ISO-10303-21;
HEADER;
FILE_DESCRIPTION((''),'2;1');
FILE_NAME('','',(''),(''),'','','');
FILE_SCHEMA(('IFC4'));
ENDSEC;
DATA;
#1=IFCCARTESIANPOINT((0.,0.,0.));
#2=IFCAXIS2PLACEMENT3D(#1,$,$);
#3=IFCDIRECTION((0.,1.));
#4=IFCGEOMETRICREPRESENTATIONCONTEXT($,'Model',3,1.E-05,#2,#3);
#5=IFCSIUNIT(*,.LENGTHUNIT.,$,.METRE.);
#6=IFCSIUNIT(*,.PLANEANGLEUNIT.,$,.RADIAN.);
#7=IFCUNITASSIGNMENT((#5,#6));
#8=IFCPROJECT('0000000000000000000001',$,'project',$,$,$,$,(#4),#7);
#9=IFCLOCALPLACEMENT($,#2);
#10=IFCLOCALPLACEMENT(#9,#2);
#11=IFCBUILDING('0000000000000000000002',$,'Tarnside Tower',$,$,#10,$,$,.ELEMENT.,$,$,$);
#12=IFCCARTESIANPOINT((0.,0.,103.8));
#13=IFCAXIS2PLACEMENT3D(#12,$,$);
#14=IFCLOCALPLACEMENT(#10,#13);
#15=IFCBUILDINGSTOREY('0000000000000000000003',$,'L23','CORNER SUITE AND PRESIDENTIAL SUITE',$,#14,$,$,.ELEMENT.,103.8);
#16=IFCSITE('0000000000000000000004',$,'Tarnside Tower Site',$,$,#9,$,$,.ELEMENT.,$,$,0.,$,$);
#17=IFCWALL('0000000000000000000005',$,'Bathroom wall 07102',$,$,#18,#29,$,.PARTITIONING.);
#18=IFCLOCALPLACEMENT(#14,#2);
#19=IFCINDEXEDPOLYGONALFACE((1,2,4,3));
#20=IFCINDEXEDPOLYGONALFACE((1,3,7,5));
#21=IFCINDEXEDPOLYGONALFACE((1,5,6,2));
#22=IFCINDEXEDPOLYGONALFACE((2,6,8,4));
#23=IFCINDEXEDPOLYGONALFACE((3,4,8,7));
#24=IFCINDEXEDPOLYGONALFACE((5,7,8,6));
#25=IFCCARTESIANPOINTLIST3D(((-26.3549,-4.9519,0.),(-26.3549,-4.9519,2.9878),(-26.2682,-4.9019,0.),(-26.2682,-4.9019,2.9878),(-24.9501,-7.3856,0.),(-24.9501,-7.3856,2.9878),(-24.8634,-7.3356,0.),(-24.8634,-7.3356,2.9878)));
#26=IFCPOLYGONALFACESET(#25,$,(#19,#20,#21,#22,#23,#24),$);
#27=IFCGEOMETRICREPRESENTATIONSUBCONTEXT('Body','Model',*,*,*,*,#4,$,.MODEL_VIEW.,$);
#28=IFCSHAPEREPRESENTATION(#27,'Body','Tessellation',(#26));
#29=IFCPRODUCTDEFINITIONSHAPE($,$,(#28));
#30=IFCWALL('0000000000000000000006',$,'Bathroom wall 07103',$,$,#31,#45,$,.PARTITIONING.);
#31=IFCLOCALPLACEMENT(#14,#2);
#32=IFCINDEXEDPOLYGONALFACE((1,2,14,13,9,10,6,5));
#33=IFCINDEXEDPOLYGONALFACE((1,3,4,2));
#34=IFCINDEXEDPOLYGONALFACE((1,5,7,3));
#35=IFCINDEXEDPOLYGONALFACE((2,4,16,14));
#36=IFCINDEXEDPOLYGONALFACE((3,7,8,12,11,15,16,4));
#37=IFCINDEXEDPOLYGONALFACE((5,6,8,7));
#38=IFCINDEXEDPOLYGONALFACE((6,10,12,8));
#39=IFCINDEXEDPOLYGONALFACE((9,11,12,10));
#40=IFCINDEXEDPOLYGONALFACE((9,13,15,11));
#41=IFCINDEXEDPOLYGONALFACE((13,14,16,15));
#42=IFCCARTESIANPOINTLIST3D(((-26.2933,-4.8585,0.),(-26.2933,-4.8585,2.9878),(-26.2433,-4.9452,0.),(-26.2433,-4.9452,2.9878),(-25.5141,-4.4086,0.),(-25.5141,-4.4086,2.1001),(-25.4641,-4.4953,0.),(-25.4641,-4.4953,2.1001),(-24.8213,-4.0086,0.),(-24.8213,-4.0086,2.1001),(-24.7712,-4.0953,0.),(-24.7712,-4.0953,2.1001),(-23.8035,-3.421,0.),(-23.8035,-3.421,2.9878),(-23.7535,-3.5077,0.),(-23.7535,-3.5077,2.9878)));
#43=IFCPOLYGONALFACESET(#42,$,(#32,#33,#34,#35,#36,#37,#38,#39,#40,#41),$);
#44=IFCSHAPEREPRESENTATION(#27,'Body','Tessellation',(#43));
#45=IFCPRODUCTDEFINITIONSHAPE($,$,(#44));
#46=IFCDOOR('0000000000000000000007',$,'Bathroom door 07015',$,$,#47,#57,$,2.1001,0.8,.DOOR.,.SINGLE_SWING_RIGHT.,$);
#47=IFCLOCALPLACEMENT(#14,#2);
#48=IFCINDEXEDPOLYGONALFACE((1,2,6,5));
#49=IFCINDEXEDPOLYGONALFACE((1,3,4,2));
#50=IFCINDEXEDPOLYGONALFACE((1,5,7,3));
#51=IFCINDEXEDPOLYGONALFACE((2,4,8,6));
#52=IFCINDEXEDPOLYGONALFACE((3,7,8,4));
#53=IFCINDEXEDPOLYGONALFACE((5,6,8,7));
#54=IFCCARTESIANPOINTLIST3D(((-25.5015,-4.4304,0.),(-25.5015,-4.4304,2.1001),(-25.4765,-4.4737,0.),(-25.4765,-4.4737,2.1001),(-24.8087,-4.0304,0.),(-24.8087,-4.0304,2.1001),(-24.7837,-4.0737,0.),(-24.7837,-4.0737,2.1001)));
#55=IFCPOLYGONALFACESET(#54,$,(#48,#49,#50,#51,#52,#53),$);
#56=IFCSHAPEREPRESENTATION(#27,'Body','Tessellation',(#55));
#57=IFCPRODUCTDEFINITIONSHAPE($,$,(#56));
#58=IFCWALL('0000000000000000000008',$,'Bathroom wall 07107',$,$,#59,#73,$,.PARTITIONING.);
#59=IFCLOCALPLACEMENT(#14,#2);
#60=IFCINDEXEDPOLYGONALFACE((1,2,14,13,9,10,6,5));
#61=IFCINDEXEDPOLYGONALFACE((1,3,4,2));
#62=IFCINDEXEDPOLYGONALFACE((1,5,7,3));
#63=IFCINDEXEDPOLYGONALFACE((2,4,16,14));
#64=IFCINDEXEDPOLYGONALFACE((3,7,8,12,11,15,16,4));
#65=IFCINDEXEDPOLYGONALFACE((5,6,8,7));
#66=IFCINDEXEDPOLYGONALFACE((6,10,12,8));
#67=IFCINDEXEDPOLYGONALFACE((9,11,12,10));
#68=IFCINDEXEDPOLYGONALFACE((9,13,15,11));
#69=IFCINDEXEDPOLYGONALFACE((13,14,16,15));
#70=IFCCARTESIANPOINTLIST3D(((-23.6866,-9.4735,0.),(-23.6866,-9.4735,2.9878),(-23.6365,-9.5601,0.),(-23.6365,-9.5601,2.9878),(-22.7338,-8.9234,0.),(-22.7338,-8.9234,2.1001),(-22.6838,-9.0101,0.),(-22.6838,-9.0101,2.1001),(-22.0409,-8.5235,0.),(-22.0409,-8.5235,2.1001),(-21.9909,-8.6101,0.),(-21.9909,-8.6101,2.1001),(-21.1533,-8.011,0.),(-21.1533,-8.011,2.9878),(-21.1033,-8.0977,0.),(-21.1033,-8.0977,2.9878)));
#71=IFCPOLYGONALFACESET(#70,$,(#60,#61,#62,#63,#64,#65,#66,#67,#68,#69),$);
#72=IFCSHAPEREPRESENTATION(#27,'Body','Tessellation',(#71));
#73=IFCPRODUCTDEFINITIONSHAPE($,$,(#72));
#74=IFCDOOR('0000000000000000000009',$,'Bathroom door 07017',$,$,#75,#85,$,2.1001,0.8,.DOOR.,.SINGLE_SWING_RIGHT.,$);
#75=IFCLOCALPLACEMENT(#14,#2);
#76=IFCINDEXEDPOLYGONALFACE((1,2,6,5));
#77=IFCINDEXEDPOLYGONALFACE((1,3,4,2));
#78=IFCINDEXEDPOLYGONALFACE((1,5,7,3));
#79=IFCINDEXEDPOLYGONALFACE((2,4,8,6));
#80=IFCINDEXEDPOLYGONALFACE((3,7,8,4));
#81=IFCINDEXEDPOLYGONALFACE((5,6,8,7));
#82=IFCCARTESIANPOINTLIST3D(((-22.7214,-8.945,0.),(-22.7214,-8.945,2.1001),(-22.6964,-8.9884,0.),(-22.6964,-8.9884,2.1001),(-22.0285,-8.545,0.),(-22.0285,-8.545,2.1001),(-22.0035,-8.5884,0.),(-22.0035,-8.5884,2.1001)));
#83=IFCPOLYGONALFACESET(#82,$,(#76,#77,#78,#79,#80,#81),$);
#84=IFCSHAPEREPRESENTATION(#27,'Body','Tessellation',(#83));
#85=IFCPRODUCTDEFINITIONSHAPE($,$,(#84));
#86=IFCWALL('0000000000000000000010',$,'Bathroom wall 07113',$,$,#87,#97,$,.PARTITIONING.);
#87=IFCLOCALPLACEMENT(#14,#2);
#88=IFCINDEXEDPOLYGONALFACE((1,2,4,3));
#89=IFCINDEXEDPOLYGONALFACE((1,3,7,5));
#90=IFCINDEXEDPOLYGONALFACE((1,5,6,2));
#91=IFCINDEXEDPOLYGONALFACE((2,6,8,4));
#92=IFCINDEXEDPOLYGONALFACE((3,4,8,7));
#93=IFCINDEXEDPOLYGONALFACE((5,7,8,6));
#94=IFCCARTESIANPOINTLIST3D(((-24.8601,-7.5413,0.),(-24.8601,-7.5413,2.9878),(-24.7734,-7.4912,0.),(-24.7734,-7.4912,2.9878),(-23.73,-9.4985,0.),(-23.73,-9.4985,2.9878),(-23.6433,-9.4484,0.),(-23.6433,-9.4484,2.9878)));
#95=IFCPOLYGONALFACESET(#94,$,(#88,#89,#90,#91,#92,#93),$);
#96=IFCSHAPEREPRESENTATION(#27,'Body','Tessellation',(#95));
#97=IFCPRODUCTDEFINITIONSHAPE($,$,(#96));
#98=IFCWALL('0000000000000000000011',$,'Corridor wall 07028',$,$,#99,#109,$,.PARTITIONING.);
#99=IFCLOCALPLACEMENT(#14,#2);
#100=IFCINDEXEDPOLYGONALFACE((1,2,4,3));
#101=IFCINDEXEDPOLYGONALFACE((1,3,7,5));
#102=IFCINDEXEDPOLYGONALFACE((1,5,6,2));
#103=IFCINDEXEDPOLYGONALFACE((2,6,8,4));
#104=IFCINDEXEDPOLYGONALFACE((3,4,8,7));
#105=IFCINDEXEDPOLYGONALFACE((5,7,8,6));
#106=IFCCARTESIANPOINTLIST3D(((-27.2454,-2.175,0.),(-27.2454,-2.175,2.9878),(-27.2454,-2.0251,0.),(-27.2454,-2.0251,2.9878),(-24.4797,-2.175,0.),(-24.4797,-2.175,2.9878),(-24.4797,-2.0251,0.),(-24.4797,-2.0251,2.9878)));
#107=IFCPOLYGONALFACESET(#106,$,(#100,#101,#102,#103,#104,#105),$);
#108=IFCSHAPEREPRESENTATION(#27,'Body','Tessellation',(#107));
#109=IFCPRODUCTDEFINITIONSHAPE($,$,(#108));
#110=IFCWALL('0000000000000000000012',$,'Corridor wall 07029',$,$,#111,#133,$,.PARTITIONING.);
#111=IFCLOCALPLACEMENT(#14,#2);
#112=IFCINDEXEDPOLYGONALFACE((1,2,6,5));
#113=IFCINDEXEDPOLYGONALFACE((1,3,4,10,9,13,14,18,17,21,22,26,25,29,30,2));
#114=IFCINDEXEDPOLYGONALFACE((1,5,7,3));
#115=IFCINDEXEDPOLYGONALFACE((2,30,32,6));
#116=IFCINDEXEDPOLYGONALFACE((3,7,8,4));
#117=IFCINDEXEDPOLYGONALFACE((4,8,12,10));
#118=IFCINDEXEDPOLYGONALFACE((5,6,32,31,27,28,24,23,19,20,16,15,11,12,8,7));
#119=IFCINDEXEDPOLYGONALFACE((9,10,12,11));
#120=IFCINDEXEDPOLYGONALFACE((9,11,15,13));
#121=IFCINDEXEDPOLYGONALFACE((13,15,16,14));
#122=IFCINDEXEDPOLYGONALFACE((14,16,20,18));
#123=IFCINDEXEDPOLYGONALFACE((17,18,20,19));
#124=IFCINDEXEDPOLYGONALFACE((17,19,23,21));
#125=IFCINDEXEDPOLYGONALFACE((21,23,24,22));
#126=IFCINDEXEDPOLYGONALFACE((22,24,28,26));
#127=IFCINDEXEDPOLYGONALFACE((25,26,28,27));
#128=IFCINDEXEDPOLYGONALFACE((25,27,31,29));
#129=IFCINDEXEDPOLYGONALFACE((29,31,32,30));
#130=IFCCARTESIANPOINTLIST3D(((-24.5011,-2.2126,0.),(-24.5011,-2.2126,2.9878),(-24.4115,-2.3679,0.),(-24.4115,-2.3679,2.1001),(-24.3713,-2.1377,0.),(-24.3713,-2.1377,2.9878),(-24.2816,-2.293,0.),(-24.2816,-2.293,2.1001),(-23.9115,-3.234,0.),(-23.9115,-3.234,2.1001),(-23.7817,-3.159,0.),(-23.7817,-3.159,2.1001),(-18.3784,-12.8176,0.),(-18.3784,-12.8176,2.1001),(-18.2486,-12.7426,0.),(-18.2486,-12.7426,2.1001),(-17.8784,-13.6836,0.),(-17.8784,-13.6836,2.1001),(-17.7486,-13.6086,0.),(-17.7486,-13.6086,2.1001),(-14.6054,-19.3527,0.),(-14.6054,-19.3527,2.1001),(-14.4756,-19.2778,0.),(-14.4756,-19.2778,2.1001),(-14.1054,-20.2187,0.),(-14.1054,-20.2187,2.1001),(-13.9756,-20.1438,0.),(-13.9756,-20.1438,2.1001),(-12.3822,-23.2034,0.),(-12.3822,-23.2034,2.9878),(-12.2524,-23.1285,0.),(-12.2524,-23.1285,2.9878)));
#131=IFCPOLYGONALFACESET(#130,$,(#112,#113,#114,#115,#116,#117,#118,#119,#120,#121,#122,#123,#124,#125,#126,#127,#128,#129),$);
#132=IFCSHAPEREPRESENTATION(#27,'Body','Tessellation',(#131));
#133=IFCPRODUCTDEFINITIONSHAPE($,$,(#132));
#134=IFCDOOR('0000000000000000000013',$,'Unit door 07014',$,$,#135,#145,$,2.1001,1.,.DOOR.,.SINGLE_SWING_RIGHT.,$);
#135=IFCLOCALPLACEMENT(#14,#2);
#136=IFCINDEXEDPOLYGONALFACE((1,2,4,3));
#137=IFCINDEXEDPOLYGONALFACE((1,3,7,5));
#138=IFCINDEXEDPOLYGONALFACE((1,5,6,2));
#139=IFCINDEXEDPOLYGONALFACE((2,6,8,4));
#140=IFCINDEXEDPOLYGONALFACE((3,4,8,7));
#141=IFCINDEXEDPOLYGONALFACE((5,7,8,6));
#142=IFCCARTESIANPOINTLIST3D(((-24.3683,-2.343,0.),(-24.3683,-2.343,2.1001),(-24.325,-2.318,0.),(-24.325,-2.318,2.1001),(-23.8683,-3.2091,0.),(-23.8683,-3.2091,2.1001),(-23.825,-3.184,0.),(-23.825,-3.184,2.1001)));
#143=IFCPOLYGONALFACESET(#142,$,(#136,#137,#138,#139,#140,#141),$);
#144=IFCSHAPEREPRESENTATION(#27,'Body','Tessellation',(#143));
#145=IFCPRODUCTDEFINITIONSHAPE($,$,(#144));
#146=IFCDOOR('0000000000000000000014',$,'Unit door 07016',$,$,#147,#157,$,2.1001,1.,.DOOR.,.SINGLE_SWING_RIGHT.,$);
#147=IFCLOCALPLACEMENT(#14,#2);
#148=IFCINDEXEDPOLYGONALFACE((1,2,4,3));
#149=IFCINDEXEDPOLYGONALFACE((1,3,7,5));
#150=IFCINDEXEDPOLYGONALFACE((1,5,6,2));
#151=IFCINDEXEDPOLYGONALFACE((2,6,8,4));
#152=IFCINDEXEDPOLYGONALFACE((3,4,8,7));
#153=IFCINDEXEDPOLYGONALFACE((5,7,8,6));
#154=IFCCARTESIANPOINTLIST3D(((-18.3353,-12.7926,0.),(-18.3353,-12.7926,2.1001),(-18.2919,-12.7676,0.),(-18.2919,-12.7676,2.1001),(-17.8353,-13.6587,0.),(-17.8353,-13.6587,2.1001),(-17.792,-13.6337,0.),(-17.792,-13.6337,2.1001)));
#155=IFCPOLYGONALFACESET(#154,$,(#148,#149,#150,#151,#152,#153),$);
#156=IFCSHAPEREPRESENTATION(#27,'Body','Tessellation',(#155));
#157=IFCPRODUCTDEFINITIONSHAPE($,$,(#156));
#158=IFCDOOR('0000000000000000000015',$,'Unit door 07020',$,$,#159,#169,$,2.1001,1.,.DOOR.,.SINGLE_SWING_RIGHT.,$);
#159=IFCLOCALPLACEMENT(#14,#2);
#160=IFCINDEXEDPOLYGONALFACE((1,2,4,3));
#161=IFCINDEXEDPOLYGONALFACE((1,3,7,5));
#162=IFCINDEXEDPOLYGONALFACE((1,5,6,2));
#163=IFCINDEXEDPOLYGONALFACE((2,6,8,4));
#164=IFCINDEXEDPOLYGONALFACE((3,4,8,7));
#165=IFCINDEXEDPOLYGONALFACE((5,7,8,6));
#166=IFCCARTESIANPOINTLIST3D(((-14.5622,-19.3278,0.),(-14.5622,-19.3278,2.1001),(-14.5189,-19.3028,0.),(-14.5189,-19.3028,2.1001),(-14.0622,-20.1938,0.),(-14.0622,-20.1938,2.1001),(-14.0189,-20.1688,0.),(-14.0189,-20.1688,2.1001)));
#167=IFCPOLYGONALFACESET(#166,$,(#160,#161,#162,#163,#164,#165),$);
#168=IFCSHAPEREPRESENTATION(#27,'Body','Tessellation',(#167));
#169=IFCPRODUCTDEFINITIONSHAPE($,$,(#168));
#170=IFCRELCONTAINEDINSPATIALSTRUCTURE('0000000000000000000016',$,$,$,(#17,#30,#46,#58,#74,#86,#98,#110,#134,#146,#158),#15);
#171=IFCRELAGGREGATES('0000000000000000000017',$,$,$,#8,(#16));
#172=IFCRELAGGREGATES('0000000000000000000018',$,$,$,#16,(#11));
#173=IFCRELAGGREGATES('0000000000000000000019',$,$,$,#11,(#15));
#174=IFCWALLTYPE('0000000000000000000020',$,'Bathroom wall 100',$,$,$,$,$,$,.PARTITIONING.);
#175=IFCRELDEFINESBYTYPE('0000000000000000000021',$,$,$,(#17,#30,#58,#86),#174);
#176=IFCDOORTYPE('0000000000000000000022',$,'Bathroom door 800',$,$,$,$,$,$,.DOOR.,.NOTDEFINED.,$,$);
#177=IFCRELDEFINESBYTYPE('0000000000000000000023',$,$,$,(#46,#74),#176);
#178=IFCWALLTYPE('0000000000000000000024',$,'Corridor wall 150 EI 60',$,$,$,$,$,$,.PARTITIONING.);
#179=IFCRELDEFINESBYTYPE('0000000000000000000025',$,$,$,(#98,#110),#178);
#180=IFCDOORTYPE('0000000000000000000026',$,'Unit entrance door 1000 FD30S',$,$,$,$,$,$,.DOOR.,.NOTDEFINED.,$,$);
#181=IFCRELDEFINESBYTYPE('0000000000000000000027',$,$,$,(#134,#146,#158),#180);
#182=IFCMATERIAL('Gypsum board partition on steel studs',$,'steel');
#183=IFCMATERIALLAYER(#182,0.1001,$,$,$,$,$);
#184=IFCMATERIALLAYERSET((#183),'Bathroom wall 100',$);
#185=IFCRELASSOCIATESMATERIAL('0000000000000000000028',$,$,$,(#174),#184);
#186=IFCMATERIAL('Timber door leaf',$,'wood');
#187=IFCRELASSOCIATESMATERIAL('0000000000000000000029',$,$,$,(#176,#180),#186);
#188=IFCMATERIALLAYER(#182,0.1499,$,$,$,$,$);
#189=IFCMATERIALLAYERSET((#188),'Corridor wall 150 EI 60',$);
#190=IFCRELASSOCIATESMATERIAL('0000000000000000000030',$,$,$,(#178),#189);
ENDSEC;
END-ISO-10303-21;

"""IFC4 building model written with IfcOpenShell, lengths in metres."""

from ifc_helpers import new_model, si_unit, direction, frame, frame_2d, origin, place, context, subcontext, project, spatial, rectangle, extrude, material, layer, layer_set, type_object, element, fill, save


model = new_model("IFC4")

# Units and contexts
model_context = context("Model", 3, precision=1e-05, world=origin(), true_north=direction((0.0, 1.0)))
body_context = subcontext(model_context, "Body", "Model", "MODEL_VIEW")
ifc_project = project(units=[si_unit("LENGTHUNIT", "METRE"), si_unit("PLANEANGLEUNIT", "RADIAN")], contexts=[model_context])

# Site, building, storey
site_placement = place(None, origin())
site = spatial("IfcSite", under=ifc_project, at=site_placement, Name="Tarnside Tower Site", CompositionType="ELEMENT", RefElevation=0.0)
building_placement = place(site_placement, origin())
building = spatial("IfcBuilding", under=site, at=building_placement, Name="Tarnside Tower", CompositionType="ELEMENT")
storey_placement = place(building_placement, frame((0.0, 0.0, 103.8)))
storey = spatial("IfcBuildingStorey", under=building, at=storey_placement, Name="L23", Description="CORNER SUITE AND PRESIDENTIAL SUITE", CompositionType="ELEMENT", Elevation=103.8)

# Wall
ifc_material_1 = material(Name="Gypsum board partition on steel studs", Category="steel")
ifc_layer_1 = layer(ifc_material_1, 0.1001)
ifc_layer_set_1 = layer_set([ifc_layer_1], Name="Bathroom wall 100")
wall_type_1 = type_object("IfcWallType", Name="Bathroom wall 100", PredefinedType="PARTITIONING", material=ifc_layer_set_1)
wall_1_placement = place(storey_placement, frame((-24.9067, -7.3606, 0.0), z_axis=(0.0, 0.0, 1.0), x_axis=(-0.499933, 0.866064, 0.0)))
element("IfcWall", 1, at=wall_1_placement, inside=storey, type_object=wall_type_1, Name="Bathroom wall 07102", PredefinedType="PARTITIONING", context=body_context, shape_type="SweptSolid", body=[
    extrude(rectangle(XDim=2.8101, YDim=0.1001, at=frame_2d((1.405, 0.0))), origin(), (0.0, 0.0, 1.0), 2.9878),
])

# Walls, openings, doors
wall_2_placement = place(storey_placement, frame((-26.2683, -4.9019, 0.0), z_axis=(0.0, 0.0, 1.0), x_axis=(0.866019, 0.500012, 0.0)))
wall_2 = element("IfcWall", 2, at=wall_2_placement, inside=storey, type_object=wall_type_1, Name="Bathroom wall 07103", PredefinedType="PARTITIONING", context=body_context, shape_type="SweptSolid", body=[
    extrude(rectangle(XDim=2.875, YDim=0.1001, at=frame_2d((1.4375, 0.0))), origin(), (0.0, 0.0, 1.0), 2.9878),
])
opening_1_placement = place(wall_2_placement, frame((0.8999, 0.0, 0.0)))
opening_1 = element("IfcOpeningElement", 3, at=opening_1_placement, cuts=wall_2, PredefinedType="OPENING", context=body_context, shape_type="SweptSolid", body=[
    extrude(rectangle(XDim=0.8, YDim=2.1001, at=frame_2d((0.3999, 1.05))), frame((0.0, 0.0601, 0.0), z_axis=(0.0, -1.0, 0.0), x_axis=(1.0, 0.0, 0.0)), (0.0, 0.0, 1.0), 0.1201),
])
ifc_material_2 = material(Name="Timber door leaf", Category="wood")
door_type_1 = type_object("IfcDoorType", Name="Bathroom door 800", OperationType="NOTDEFINED", PredefinedType="DOOR", material=ifc_material_2)
door_1_placement = place(opening_1_placement, origin())
door_1 = element("IfcDoor", 4, at=door_1_placement, inside=storey, type_object=door_type_1, Name="Bathroom door 07015", OperationType="SINGLE_SWING_RIGHT", OverallHeight=2.1001, OverallWidth=0.8, PredefinedType="DOOR", context=body_context, shape_type="SweptSolid", body=[
    extrude(rectangle(XDim=0.8, YDim=2.1001, at=frame_2d((0.3999, 1.05))), frame((0.0, 0.0249, 0.0), z_axis=(0.0, -1.0, 0.0), x_axis=(1.0, 0.0, 0.0)), (0.0, 0.0, 1.0), 0.05),
])
fill(opening_1, door_1)
wall_3_placement = place(storey_placement, frame((-21.1284, -8.0544, 0.0), z_axis=(0.0, 0.0, 1.0), x_axis=(-0.866047, -0.499963, 0.0)))
wall_3 = element("IfcWall", 5, at=wall_3_placement, inside=storey, type_object=wall_type_1, Name="Bathroom wall 07107", PredefinedType="PARTITIONING", context=body_context, shape_type="SweptSolid", body=[
    extrude(rectangle(XDim=2.925, YDim=0.1001, at=frame_2d((1.4624, 0.0))), origin(), (0.0, 0.0, 1.0), 2.9878),
])
opening_2_placement = place(wall_3_placement, frame((1.0249, 0.0, 0.0)))
opening_2 = element("IfcOpeningElement", 6, at=opening_2_placement, cuts=wall_3, PredefinedType="OPENING", context=body_context, shape_type="SweptSolid", body=[
    extrude(rectangle(XDim=0.8, YDim=2.1001, at=frame_2d((0.3999, 1.05))), frame((0.0, 0.0601, 0.0), z_axis=(0.0, -1.0, 0.0), x_axis=(1.0, 0.0, 0.0)), (0.0, 0.0, 1.0), 0.1201),
])
door_2_placement = place(opening_2_placement, origin())
door_2 = element("IfcDoor", 7, at=door_2_placement, inside=storey, type_object=door_type_1, Name="Bathroom door 07017", OperationType="SINGLE_SWING_RIGHT", OverallHeight=2.1001, OverallWidth=0.8, PredefinedType="DOOR", context=body_context, shape_type="SweptSolid", body=[
    extrude(rectangle(XDim=0.8, YDim=2.1001, at=frame_2d((0.3999, 1.05))), frame((0.0, 0.0249, 0.0), z_axis=(0.0, -1.0, 0.0), x_axis=(1.0, 0.0, 0.0)), (0.0, 0.0, 1.0), 0.05),
])
fill(opening_2, door_2)

# Walls
wall_4_placement = place(storey_placement, frame((-24.8167, -7.5164, 0.0), z_axis=(0.0, 0.0, 1.0), x_axis=(0.500031, -0.866007, 0.0)))
element("IfcWall", 8, at=wall_4_placement, inside=storey, type_object=wall_type_1, Name="Bathroom wall 07113", PredefinedType="PARTITIONING", context=body_context, shape_type="SweptSolid", body=[
    extrude(rectangle(XDim=2.26, YDim=0.1001, at=frame_2d((1.1299, 0.0))), origin(), (0.0, 0.0, 1.0), 2.9878),
])
ifc_layer_2 = layer(ifc_material_1, 0.1499)
ifc_layer_set_2 = layer_set([ifc_layer_2], Name="Corridor wall 150 EI 60")
wall_type_2 = type_object("IfcWallType", Name="Corridor wall 150 EI 60", PredefinedType="PARTITIONING", material=ifc_layer_set_2)
wall_5_placement = place(storey_placement, frame((-27.2454, -2.1001, 0.0), z_axis=(0.0, 0.0, 1.0), x_axis=(1.0, 0.0, 0.0)))
element("IfcWall", 9, at=wall_5_placement, inside=storey, type_object=wall_type_2, Name="Corridor wall 07028", PredefinedType="PARTITIONING", context=body_context, shape_type="SweptSolid", body=[
    extrude(rectangle(XDim=2.7656, YDim=0.1499, at=frame_2d((1.3828, 0.0))), origin(), (0.0, 0.0, 1.0), 2.9878),
])

# Wall, openings, doors
wall_6_placement = place(storey_placement, frame((-24.4363, -2.175, 0.0), z_axis=(0.0, 0.0, 1.0), x_axis=(0.499997, -0.866027, 0.0)))
wall_6 = element("IfcWall", 10, at=wall_6_placement, inside=storey, type_object=wall_type_2, Name="Corridor wall 07029", PredefinedType="PARTITIONING", context=body_context, shape_type="SweptSolid", body=[
    extrude(rectangle(XDim=24.238, YDim=0.1499, at=frame_2d((12.1191, 0.0))), origin(), (0.0, 0.0, 1.0), 2.9878),
])
opening_3_placement = place(wall_6_placement, frame((0.1794, 0.0, 0.0)))
opening_3 = element("IfcOpeningElement", 11, at=opening_3_placement, cuts=wall_6, PredefinedType="OPENING", context=body_context, shape_type="SweptSolid", body=[
    extrude(rectangle(XDim=1.0, YDim=2.1001, at=frame_2d((0.5, 1.05))), frame((0.0, 0.085, 0.0), z_axis=(0.0, -1.0, 0.0), x_axis=(1.0, 0.0, 0.0)), (0.0, 0.0, 1.0), 0.1699),
])
opening_4_placement = place(wall_6_placement, frame((12.2456, 0.0, 0.0)))
opening_4 = element("IfcOpeningElement", 12, at=opening_4_placement, cuts=wall_6, PredefinedType="OPENING", context=body_context, shape_type="SweptSolid", body=[
    extrude(rectangle(XDim=1.0, YDim=2.1001, at=frame_2d((0.5, 1.05))), frame((0.0, 0.085, 0.0), z_axis=(0.0, -1.0, 0.0), x_axis=(1.0, 0.0, 0.0)), (0.0, 0.0, 1.0), 0.1699),
])
opening_5_placement = place(wall_6_placement, frame((19.7917, 0.0, 0.0)))
opening_5 = element("IfcOpeningElement", 13, at=opening_5_placement, cuts=wall_6, PredefinedType="OPENING", context=body_context, shape_type="SweptSolid", body=[
    extrude(rectangle(XDim=1.0, YDim=2.1001, at=frame_2d((0.5, 1.05))), frame((0.0, 0.085, 0.0), z_axis=(0.0, -1.0, 0.0), x_axis=(1.0, 0.0, 0.0)), (0.0, 0.0, 1.0), 0.1699),
])
door_type_2 = type_object("IfcDoorType", Name="Unit entrance door 1000 FD30S", OperationType="NOTDEFINED", PredefinedType="DOOR", material=ifc_material_2)
door_3_placement = place(opening_3_placement, origin())
door_3 = element("IfcDoor", 14, at=door_3_placement, inside=storey, type_object=door_type_2, Name="Unit door 07014", OperationType="SINGLE_SWING_RIGHT", OverallHeight=2.1001, OverallWidth=1.0, PredefinedType="DOOR", context=body_context, shape_type="SweptSolid", body=[
    extrude(rectangle(XDim=1.0, YDim=2.1001, at=frame_2d((0.5, 1.05))), frame((0.0, 0.0249, 0.0), z_axis=(0.0, -1.0, 0.0), x_axis=(1.0, 0.0, 0.0)), (0.0, 0.0, 1.0), 0.05),
])
fill(opening_3, door_3)
door_4_placement = place(opening_4_placement, origin())
door_4 = element("IfcDoor", 15, at=door_4_placement, inside=storey, type_object=door_type_2, Name="Unit door 07016", OperationType="SINGLE_SWING_RIGHT", OverallHeight=2.1001, OverallWidth=1.0, PredefinedType="DOOR", context=body_context, shape_type="SweptSolid", body=[
    extrude(rectangle(XDim=1.0, YDim=2.1001, at=frame_2d((0.5, 1.05))), frame((0.0, 0.0249, 0.0), z_axis=(0.0, -1.0, 0.0), x_axis=(1.0, 0.0, 0.0)), (0.0, 0.0, 1.0), 0.05),
])
fill(opening_4, door_4)
door_5_placement = place(opening_5_placement, origin())
door_5 = element("IfcDoor", 16, at=door_5_placement, inside=storey, type_object=door_type_2, Name="Unit door 07020", OperationType="SINGLE_SWING_RIGHT", OverallHeight=2.1001, OverallWidth=1.0, PredefinedType="DOOR", context=body_context, shape_type="SweptSolid", body=[
    extrude(rectangle(XDim=1.0, YDim=2.1001, at=frame_2d((0.5, 1.05))), frame((0.0, 0.0249, 0.0), z_axis=(0.0, -1.0, 0.0), x_axis=(1.0, 0.0, 0.0)), (0.0, 0.0, 1.0), 0.05),
])
fill(opening_5, door_5)

save(model, "model.ifc")
